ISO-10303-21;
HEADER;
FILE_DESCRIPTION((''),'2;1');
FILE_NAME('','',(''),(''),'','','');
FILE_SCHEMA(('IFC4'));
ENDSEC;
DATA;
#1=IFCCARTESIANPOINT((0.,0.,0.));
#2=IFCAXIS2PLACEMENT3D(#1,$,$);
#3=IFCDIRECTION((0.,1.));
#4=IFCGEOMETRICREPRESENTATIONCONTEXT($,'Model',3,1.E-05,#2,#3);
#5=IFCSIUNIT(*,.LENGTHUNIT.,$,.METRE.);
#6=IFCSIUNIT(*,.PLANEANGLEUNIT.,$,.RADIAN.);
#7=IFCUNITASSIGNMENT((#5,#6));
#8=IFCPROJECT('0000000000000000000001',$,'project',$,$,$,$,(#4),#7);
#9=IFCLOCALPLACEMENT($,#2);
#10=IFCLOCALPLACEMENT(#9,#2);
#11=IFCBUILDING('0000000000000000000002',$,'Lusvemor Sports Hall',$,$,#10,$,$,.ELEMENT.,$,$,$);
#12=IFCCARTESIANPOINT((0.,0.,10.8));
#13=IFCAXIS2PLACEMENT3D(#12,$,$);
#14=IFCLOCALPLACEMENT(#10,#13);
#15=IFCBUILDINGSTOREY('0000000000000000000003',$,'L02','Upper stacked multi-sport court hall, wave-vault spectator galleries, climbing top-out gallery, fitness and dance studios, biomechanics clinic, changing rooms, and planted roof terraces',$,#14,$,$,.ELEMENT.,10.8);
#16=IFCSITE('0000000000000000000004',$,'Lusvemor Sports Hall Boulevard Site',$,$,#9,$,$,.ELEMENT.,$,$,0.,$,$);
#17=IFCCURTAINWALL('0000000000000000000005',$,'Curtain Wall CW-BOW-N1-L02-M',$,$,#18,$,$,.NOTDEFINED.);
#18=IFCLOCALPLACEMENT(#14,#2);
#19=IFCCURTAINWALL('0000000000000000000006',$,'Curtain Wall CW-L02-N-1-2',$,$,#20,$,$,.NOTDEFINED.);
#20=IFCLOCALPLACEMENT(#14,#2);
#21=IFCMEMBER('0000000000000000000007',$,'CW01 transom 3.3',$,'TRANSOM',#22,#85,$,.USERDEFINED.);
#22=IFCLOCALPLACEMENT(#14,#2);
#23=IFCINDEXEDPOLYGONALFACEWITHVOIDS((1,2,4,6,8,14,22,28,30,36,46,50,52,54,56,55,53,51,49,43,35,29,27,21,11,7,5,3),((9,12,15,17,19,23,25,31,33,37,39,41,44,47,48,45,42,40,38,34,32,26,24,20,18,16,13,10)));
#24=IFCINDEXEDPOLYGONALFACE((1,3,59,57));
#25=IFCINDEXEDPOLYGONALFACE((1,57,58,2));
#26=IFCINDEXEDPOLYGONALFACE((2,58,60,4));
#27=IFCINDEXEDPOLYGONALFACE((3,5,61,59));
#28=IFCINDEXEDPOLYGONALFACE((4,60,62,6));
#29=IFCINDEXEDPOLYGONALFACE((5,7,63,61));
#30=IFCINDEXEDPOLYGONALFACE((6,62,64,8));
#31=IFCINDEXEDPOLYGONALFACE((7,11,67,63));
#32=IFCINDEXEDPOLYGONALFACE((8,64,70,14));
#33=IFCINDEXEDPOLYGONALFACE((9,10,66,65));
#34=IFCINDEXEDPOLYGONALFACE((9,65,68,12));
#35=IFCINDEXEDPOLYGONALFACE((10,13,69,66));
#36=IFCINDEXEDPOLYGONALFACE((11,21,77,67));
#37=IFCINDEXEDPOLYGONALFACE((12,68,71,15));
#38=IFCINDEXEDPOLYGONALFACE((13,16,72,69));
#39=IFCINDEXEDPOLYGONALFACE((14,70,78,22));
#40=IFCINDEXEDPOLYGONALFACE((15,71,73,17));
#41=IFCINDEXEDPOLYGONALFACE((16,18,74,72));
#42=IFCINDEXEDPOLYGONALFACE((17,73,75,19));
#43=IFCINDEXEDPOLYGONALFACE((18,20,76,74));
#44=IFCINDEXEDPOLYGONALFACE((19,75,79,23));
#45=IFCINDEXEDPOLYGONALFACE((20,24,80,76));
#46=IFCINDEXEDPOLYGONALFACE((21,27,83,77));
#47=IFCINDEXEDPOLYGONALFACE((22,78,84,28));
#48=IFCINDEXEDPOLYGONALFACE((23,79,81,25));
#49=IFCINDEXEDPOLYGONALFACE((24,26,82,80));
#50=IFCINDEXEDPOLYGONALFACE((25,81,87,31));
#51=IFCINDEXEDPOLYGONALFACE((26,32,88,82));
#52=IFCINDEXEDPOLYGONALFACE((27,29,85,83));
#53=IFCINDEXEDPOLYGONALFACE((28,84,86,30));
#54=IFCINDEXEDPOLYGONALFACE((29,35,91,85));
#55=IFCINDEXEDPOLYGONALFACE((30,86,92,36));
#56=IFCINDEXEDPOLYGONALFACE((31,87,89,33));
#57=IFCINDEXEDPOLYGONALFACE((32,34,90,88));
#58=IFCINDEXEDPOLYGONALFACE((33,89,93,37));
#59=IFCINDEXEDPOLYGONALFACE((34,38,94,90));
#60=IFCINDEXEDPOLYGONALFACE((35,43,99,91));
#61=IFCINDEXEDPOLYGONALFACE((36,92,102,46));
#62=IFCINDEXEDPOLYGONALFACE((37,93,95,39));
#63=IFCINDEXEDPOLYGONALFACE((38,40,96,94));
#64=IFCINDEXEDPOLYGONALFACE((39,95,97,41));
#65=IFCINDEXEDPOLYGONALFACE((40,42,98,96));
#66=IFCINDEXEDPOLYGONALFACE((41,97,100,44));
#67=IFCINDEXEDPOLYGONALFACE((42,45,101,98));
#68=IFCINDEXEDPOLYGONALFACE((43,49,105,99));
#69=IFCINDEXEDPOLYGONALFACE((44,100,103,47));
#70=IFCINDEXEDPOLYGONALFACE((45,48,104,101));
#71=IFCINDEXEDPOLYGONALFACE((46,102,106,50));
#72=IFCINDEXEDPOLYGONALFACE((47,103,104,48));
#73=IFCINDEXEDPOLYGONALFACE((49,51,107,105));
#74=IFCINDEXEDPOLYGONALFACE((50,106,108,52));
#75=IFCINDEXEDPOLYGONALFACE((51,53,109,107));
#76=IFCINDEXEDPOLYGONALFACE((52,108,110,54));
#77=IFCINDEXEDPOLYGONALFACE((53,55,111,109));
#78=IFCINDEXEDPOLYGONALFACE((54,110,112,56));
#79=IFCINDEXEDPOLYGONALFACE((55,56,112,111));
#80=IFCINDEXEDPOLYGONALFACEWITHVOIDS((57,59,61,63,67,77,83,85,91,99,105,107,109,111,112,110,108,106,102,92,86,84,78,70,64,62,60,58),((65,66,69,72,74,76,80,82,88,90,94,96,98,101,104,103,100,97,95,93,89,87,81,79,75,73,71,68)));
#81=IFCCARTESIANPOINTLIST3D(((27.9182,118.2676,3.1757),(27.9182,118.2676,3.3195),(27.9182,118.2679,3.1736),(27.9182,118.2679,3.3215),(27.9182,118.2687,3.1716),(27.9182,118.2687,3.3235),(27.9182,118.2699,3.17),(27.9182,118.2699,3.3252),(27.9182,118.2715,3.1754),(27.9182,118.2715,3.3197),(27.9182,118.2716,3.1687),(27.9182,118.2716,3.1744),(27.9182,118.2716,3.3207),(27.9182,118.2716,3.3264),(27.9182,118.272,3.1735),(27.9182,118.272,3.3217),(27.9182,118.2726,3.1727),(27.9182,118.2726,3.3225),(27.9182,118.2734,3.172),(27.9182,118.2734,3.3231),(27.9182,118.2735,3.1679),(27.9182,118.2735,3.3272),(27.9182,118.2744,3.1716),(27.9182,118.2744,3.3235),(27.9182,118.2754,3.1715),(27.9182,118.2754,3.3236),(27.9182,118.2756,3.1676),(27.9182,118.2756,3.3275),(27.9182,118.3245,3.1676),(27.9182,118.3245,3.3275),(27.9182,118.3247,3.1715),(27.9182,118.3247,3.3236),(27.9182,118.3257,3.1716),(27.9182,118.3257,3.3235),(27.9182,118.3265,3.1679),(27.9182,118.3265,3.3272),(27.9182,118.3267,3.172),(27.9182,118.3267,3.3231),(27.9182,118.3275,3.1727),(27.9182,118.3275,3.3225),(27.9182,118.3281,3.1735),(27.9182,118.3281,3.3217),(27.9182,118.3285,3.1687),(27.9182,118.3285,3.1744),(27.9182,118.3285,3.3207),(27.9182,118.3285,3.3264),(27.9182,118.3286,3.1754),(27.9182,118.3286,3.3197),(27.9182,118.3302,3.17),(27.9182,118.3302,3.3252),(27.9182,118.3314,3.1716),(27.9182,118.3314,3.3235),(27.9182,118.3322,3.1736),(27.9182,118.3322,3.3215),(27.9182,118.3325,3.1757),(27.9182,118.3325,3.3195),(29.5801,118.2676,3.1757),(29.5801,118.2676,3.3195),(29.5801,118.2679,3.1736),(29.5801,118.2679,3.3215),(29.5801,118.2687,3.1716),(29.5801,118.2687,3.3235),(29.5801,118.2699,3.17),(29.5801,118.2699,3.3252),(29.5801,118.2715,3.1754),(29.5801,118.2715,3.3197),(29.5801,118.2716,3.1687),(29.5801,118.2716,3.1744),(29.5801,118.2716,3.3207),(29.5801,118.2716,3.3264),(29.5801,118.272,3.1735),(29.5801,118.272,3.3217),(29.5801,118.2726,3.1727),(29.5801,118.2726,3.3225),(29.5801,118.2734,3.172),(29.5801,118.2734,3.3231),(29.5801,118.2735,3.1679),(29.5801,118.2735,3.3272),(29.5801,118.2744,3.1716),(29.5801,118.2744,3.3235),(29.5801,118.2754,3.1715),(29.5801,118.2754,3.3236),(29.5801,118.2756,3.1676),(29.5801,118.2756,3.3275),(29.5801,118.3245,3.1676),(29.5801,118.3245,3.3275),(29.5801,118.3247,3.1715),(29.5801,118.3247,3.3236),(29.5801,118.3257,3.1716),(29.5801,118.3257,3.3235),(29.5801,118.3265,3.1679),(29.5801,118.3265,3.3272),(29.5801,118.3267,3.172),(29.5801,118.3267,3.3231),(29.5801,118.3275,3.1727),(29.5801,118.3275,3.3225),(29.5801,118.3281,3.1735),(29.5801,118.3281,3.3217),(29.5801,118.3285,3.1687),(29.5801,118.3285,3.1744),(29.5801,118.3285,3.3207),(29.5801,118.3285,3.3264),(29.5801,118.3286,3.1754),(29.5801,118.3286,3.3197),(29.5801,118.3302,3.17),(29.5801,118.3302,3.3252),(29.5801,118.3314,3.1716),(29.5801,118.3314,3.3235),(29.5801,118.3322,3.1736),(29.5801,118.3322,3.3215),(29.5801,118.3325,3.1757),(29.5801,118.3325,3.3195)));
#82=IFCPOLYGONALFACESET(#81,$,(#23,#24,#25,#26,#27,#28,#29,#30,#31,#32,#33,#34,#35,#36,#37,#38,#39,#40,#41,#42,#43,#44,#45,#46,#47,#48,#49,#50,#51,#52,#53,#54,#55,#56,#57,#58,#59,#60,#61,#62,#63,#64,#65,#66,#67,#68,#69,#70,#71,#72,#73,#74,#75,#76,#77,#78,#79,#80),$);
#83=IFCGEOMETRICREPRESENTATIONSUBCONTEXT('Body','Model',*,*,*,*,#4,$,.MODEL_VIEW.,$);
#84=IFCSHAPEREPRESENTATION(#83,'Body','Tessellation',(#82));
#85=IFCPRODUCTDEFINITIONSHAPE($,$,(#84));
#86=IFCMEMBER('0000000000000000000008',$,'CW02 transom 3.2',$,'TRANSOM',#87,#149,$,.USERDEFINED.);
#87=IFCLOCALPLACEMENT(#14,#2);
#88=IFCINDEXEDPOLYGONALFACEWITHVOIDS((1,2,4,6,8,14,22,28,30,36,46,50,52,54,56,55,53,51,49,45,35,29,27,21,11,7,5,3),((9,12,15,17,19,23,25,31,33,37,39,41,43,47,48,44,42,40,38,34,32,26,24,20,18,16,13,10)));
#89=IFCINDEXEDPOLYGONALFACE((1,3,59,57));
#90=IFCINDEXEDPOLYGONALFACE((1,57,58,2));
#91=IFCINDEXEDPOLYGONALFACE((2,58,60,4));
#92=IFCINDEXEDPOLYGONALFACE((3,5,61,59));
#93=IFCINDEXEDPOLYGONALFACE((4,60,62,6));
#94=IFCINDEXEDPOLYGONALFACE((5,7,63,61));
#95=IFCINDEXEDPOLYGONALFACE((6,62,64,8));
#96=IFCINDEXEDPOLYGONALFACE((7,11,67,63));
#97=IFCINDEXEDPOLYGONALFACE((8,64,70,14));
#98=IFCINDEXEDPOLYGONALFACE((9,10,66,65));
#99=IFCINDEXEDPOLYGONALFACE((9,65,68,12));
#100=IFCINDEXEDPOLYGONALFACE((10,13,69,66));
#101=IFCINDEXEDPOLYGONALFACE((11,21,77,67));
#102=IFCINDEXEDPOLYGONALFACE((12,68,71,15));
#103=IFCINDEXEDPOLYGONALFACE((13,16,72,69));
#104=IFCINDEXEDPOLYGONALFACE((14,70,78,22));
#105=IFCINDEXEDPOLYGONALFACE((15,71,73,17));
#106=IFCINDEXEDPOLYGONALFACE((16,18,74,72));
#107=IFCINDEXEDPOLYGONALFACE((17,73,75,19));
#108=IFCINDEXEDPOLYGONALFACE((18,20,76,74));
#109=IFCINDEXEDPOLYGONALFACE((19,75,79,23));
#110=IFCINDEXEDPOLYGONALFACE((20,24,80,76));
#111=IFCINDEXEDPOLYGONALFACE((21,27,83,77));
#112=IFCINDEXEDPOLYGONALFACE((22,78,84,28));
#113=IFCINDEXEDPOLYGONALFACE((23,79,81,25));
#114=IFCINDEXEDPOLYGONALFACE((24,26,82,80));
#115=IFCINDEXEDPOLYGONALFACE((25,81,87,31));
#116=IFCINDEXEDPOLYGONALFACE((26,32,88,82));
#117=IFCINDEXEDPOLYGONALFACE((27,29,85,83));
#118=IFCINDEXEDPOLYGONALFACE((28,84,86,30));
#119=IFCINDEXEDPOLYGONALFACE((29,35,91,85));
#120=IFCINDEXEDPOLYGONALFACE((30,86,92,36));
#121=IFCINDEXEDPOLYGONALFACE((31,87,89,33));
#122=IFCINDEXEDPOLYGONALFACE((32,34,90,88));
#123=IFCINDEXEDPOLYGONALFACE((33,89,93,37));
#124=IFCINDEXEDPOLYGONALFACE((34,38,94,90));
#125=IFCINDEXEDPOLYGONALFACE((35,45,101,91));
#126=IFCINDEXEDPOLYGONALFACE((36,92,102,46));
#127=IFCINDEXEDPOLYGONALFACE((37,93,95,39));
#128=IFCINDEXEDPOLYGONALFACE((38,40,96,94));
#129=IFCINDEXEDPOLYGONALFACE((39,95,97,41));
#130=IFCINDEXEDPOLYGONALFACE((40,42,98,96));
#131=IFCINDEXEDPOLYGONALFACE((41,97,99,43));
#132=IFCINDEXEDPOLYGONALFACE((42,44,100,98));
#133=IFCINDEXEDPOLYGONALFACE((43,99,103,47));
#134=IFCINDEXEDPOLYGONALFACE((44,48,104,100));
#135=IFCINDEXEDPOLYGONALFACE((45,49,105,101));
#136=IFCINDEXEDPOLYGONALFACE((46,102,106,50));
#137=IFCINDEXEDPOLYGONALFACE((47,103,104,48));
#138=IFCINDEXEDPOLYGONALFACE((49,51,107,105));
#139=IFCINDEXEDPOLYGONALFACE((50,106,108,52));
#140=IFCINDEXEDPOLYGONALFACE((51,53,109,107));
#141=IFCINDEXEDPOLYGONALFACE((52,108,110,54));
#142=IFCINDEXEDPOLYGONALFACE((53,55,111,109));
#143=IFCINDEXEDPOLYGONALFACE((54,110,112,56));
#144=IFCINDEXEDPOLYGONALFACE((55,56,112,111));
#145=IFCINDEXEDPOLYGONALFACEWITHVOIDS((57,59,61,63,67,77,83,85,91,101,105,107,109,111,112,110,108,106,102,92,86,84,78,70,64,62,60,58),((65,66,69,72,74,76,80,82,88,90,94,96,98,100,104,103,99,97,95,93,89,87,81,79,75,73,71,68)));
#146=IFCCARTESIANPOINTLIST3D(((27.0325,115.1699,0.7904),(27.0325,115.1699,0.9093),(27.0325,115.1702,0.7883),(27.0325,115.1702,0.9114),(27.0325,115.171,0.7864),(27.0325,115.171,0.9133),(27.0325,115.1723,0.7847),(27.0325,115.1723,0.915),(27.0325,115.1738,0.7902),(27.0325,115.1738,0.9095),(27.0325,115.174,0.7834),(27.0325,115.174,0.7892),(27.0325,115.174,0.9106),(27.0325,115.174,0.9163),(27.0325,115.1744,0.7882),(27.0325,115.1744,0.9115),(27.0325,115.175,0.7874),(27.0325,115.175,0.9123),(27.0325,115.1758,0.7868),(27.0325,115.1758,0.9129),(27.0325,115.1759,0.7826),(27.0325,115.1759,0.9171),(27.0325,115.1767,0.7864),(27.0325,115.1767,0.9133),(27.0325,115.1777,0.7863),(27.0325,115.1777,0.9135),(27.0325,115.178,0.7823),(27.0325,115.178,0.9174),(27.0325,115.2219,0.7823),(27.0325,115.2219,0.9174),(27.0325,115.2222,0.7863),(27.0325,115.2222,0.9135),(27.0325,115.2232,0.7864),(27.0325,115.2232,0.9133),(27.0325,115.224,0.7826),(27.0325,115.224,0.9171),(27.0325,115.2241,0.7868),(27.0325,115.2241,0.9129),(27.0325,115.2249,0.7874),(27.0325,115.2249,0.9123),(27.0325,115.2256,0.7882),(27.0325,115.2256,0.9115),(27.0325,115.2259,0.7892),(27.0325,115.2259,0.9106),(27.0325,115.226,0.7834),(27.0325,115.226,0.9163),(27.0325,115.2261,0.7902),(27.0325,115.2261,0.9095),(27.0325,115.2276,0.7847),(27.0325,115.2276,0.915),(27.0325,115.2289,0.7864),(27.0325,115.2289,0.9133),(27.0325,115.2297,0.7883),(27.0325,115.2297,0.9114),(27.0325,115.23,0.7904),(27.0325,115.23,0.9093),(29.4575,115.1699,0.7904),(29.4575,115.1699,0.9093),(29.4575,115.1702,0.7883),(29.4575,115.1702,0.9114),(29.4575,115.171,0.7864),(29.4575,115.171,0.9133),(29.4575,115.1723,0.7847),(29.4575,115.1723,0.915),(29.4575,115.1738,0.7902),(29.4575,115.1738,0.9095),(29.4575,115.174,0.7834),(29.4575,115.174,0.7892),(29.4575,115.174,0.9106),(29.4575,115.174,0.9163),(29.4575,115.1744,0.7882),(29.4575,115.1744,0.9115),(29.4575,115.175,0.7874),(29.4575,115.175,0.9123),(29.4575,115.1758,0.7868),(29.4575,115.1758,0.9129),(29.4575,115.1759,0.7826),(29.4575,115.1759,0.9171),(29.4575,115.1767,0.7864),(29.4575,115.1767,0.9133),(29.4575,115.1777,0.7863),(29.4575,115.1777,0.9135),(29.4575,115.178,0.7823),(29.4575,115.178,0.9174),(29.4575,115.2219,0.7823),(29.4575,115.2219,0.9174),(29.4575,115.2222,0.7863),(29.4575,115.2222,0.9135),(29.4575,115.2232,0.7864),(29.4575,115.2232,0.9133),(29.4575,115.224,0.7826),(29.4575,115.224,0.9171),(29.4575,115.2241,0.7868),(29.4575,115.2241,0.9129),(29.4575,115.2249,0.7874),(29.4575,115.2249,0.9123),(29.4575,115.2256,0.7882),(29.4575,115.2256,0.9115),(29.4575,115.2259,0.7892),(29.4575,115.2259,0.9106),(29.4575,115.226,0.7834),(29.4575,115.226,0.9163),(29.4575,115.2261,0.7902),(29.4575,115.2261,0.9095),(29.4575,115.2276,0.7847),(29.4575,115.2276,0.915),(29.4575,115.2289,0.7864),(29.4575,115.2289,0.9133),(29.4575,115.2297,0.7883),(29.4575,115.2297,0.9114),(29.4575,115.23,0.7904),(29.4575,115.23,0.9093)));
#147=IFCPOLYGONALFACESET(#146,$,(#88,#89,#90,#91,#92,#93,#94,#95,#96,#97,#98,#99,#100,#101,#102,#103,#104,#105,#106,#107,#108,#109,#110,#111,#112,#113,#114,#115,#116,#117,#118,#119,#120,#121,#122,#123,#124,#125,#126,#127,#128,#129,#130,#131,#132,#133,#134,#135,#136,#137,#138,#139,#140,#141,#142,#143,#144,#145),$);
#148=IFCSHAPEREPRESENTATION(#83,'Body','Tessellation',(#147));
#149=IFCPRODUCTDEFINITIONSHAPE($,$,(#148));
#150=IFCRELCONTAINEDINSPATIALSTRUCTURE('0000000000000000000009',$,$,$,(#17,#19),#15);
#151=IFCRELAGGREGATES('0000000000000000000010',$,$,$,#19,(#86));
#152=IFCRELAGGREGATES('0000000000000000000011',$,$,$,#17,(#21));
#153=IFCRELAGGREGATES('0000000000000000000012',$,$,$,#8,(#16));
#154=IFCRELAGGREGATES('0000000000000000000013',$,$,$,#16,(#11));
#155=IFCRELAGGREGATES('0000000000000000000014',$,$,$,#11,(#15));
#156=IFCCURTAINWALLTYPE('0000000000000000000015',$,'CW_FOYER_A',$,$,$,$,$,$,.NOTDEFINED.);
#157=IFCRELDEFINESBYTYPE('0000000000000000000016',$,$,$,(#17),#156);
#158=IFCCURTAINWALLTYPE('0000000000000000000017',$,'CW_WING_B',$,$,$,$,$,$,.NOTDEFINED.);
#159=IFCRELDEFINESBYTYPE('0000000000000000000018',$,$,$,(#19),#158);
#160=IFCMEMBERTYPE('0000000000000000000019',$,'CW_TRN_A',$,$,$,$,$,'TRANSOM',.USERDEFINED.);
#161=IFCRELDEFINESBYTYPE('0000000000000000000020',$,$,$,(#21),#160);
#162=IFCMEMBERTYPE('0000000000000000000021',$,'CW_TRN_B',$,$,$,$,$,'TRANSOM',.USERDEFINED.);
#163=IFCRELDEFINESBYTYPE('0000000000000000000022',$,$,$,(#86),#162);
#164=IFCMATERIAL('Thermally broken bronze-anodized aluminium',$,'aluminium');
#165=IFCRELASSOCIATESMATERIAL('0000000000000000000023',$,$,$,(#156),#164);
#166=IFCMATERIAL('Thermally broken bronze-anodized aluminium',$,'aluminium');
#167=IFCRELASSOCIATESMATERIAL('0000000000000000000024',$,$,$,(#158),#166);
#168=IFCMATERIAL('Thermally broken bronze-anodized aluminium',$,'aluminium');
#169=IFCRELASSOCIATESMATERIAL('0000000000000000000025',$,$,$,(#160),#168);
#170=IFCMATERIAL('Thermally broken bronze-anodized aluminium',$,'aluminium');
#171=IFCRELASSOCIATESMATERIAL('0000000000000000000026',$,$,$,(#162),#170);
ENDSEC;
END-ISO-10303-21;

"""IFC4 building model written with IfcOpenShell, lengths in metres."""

from ifc_helpers import new_model, si_unit, direction, frame, origin, origin_2d, place, context, subcontext, project, spatial, hollow_rectangle, extrude, material, material_profile, profile_set, type_object, element, aggregate, save


model = new_model("IFC4")

# Units and contexts
model_context = context("Model", 3, precision=1e-05, world=origin(), true_north=direction((0.0, 1.0)))
body_context = subcontext(model_context, "Body", "Model", "MODEL_VIEW")
ifc_project = project(units=[si_unit("LENGTHUNIT", "METRE"), si_unit("PLANEANGLEUNIT", "RADIAN")], contexts=[model_context])

# Site, building, storey
site_placement = place(None, origin())
site = spatial("IfcSite", under=ifc_project, at=site_placement, Name="Lusvemor Sports Hall Boulevard Site", CompositionType="ELEMENT", RefElevation=0.0)
building_placement = place(site_placement, origin())
building = spatial("IfcBuilding", under=site, at=building_placement, Name="Lusvemor Sports Hall", CompositionType="ELEMENT")
storey_placement = place(building_placement, frame((0.0, 0.0, 10.8)))
storey = spatial("IfcBuildingStorey", under=building, at=storey_placement, Name="L02", Description="Upper stacked multi-sport court hall, wave-vault spectator galleries, climbing top-out gallery, fitness and dance studios, biomechanics clinic, changing rooms, and planted roof terraces", CompositionType="ELEMENT", Elevation=10.8)

# Curtain walls
ifc_material_1 = material(Name="Thermally broken bronze-anodized aluminium", Category="aluminium")
curtain_wall_type_1 = type_object("IfcCurtainWallType", Name="CW_FOYER_A", PredefinedType="NOTDEFINED", material=ifc_material_1)
curtain_wall_1_placement = place(storey_placement, origin())
curtain_wall_1 = element("IfcCurtainWall", 1, at=curtain_wall_1_placement, inside=storey, type_object=curtain_wall_type_1, Name="Curtain Wall CW-BOW-N1-L02-M", PredefinedType="NOTDEFINED")
ifc_material_2 = material(Name="Thermally broken bronze-anodized aluminium", Category="aluminium")
curtain_wall_type_2 = type_object("IfcCurtainWallType", Name="CW_WING_B", PredefinedType="NOTDEFINED", material=ifc_material_2)
curtain_wall_2_placement = place(storey_placement, origin())
curtain_wall_2 = element("IfcCurtainWall", 2, at=curtain_wall_2_placement, inside=storey, type_object=curtain_wall_type_2, Name="Curtain Wall CW-L02-N-1-2", PredefinedType="NOTDEFINED")

# Members
ifc_material_3 = material(Name="Thermally broken bronze-anodized aluminium", Category="aluminium")
ifc_material_profile_1 = material_profile(ifc_material_3, hollow_rectangle(XDim=0.0649, YDim=0.1599, WallThickness=0.0039, InnerFilletRadius=0.0039, OuterFilletRadius=0.0081, at=origin_2d()), Name="CWTRN160x65x4")
ifc_profile_set_1 = profile_set([ifc_material_profile_1], Name="Thermally broken bronze-anodized aluminium")
member_type_1 = type_object("IfcMemberType", Name="CW_TRN_A", ElementType="TRANSOM", PredefinedType="USERDEFINED", material=ifc_profile_set_1)
member_1_placement = place(storey_placement, frame((27.9182, 118.3, 3.2476), z_axis=(1.0, 0.0, 0.0), x_axis=(0.0, 1.0, 0.0)))
member_1 = element("IfcMember", 3, at=member_1_placement, type_object=member_type_1, Name="CW01 transom 3.3", ObjectType="TRANSOM", PredefinedType="USERDEFINED", context=body_context, shape_type="SweptSolid", body=[
    extrude(hollow_rectangle(XDim=0.0649, YDim=0.1599, WallThickness=0.0039, InnerFilletRadius=0.0039, OuterFilletRadius=0.0081, at=origin_2d()), origin(), (0.0, 0.0, 1.0), 1.6619),
])
ifc_material_4 = material(Name="Thermally broken bronze-anodized aluminium", Category="aluminium")
ifc_material_profile_2 = material_profile(ifc_material_4, hollow_rectangle(XDim=0.0601, YDim=0.135, WallThickness=0.0039, InnerFilletRadius=0.0039, OuterFilletRadius=0.0081, at=origin_2d()), Name="CWTRN135x60x4")
ifc_profile_set_2 = profile_set([ifc_material_profile_2], Name="Thermally broken bronze-anodized aluminium")
member_type_2 = type_object("IfcMemberType", Name="CW_TRN_B", ElementType="TRANSOM", PredefinedType="USERDEFINED", material=ifc_profile_set_2)
member_2_placement = place(storey_placement, frame((27.0325, 115.2, 0.8499), z_axis=(1.0, 0.0, 0.0), x_axis=(0.0, 1.0, 0.0)))
member_2 = element("IfcMember", 4, at=member_2_placement, type_object=member_type_2, Name="CW02 transom 3.2", ObjectType="TRANSOM", PredefinedType="USERDEFINED", context=body_context, shape_type="SweptSolid", body=[
    extrude(hollow_rectangle(XDim=0.0601, YDim=0.135, WallThickness=0.0039, InnerFilletRadius=0.0039, OuterFilletRadius=0.0081, at=origin_2d()), origin(), (0.0, 0.0, 1.0), 2.425),
])

aggregate(curtain_wall_2, [member_2])
aggregate(curtain_wall_1, [member_1])

save(model, "model.ifc")
